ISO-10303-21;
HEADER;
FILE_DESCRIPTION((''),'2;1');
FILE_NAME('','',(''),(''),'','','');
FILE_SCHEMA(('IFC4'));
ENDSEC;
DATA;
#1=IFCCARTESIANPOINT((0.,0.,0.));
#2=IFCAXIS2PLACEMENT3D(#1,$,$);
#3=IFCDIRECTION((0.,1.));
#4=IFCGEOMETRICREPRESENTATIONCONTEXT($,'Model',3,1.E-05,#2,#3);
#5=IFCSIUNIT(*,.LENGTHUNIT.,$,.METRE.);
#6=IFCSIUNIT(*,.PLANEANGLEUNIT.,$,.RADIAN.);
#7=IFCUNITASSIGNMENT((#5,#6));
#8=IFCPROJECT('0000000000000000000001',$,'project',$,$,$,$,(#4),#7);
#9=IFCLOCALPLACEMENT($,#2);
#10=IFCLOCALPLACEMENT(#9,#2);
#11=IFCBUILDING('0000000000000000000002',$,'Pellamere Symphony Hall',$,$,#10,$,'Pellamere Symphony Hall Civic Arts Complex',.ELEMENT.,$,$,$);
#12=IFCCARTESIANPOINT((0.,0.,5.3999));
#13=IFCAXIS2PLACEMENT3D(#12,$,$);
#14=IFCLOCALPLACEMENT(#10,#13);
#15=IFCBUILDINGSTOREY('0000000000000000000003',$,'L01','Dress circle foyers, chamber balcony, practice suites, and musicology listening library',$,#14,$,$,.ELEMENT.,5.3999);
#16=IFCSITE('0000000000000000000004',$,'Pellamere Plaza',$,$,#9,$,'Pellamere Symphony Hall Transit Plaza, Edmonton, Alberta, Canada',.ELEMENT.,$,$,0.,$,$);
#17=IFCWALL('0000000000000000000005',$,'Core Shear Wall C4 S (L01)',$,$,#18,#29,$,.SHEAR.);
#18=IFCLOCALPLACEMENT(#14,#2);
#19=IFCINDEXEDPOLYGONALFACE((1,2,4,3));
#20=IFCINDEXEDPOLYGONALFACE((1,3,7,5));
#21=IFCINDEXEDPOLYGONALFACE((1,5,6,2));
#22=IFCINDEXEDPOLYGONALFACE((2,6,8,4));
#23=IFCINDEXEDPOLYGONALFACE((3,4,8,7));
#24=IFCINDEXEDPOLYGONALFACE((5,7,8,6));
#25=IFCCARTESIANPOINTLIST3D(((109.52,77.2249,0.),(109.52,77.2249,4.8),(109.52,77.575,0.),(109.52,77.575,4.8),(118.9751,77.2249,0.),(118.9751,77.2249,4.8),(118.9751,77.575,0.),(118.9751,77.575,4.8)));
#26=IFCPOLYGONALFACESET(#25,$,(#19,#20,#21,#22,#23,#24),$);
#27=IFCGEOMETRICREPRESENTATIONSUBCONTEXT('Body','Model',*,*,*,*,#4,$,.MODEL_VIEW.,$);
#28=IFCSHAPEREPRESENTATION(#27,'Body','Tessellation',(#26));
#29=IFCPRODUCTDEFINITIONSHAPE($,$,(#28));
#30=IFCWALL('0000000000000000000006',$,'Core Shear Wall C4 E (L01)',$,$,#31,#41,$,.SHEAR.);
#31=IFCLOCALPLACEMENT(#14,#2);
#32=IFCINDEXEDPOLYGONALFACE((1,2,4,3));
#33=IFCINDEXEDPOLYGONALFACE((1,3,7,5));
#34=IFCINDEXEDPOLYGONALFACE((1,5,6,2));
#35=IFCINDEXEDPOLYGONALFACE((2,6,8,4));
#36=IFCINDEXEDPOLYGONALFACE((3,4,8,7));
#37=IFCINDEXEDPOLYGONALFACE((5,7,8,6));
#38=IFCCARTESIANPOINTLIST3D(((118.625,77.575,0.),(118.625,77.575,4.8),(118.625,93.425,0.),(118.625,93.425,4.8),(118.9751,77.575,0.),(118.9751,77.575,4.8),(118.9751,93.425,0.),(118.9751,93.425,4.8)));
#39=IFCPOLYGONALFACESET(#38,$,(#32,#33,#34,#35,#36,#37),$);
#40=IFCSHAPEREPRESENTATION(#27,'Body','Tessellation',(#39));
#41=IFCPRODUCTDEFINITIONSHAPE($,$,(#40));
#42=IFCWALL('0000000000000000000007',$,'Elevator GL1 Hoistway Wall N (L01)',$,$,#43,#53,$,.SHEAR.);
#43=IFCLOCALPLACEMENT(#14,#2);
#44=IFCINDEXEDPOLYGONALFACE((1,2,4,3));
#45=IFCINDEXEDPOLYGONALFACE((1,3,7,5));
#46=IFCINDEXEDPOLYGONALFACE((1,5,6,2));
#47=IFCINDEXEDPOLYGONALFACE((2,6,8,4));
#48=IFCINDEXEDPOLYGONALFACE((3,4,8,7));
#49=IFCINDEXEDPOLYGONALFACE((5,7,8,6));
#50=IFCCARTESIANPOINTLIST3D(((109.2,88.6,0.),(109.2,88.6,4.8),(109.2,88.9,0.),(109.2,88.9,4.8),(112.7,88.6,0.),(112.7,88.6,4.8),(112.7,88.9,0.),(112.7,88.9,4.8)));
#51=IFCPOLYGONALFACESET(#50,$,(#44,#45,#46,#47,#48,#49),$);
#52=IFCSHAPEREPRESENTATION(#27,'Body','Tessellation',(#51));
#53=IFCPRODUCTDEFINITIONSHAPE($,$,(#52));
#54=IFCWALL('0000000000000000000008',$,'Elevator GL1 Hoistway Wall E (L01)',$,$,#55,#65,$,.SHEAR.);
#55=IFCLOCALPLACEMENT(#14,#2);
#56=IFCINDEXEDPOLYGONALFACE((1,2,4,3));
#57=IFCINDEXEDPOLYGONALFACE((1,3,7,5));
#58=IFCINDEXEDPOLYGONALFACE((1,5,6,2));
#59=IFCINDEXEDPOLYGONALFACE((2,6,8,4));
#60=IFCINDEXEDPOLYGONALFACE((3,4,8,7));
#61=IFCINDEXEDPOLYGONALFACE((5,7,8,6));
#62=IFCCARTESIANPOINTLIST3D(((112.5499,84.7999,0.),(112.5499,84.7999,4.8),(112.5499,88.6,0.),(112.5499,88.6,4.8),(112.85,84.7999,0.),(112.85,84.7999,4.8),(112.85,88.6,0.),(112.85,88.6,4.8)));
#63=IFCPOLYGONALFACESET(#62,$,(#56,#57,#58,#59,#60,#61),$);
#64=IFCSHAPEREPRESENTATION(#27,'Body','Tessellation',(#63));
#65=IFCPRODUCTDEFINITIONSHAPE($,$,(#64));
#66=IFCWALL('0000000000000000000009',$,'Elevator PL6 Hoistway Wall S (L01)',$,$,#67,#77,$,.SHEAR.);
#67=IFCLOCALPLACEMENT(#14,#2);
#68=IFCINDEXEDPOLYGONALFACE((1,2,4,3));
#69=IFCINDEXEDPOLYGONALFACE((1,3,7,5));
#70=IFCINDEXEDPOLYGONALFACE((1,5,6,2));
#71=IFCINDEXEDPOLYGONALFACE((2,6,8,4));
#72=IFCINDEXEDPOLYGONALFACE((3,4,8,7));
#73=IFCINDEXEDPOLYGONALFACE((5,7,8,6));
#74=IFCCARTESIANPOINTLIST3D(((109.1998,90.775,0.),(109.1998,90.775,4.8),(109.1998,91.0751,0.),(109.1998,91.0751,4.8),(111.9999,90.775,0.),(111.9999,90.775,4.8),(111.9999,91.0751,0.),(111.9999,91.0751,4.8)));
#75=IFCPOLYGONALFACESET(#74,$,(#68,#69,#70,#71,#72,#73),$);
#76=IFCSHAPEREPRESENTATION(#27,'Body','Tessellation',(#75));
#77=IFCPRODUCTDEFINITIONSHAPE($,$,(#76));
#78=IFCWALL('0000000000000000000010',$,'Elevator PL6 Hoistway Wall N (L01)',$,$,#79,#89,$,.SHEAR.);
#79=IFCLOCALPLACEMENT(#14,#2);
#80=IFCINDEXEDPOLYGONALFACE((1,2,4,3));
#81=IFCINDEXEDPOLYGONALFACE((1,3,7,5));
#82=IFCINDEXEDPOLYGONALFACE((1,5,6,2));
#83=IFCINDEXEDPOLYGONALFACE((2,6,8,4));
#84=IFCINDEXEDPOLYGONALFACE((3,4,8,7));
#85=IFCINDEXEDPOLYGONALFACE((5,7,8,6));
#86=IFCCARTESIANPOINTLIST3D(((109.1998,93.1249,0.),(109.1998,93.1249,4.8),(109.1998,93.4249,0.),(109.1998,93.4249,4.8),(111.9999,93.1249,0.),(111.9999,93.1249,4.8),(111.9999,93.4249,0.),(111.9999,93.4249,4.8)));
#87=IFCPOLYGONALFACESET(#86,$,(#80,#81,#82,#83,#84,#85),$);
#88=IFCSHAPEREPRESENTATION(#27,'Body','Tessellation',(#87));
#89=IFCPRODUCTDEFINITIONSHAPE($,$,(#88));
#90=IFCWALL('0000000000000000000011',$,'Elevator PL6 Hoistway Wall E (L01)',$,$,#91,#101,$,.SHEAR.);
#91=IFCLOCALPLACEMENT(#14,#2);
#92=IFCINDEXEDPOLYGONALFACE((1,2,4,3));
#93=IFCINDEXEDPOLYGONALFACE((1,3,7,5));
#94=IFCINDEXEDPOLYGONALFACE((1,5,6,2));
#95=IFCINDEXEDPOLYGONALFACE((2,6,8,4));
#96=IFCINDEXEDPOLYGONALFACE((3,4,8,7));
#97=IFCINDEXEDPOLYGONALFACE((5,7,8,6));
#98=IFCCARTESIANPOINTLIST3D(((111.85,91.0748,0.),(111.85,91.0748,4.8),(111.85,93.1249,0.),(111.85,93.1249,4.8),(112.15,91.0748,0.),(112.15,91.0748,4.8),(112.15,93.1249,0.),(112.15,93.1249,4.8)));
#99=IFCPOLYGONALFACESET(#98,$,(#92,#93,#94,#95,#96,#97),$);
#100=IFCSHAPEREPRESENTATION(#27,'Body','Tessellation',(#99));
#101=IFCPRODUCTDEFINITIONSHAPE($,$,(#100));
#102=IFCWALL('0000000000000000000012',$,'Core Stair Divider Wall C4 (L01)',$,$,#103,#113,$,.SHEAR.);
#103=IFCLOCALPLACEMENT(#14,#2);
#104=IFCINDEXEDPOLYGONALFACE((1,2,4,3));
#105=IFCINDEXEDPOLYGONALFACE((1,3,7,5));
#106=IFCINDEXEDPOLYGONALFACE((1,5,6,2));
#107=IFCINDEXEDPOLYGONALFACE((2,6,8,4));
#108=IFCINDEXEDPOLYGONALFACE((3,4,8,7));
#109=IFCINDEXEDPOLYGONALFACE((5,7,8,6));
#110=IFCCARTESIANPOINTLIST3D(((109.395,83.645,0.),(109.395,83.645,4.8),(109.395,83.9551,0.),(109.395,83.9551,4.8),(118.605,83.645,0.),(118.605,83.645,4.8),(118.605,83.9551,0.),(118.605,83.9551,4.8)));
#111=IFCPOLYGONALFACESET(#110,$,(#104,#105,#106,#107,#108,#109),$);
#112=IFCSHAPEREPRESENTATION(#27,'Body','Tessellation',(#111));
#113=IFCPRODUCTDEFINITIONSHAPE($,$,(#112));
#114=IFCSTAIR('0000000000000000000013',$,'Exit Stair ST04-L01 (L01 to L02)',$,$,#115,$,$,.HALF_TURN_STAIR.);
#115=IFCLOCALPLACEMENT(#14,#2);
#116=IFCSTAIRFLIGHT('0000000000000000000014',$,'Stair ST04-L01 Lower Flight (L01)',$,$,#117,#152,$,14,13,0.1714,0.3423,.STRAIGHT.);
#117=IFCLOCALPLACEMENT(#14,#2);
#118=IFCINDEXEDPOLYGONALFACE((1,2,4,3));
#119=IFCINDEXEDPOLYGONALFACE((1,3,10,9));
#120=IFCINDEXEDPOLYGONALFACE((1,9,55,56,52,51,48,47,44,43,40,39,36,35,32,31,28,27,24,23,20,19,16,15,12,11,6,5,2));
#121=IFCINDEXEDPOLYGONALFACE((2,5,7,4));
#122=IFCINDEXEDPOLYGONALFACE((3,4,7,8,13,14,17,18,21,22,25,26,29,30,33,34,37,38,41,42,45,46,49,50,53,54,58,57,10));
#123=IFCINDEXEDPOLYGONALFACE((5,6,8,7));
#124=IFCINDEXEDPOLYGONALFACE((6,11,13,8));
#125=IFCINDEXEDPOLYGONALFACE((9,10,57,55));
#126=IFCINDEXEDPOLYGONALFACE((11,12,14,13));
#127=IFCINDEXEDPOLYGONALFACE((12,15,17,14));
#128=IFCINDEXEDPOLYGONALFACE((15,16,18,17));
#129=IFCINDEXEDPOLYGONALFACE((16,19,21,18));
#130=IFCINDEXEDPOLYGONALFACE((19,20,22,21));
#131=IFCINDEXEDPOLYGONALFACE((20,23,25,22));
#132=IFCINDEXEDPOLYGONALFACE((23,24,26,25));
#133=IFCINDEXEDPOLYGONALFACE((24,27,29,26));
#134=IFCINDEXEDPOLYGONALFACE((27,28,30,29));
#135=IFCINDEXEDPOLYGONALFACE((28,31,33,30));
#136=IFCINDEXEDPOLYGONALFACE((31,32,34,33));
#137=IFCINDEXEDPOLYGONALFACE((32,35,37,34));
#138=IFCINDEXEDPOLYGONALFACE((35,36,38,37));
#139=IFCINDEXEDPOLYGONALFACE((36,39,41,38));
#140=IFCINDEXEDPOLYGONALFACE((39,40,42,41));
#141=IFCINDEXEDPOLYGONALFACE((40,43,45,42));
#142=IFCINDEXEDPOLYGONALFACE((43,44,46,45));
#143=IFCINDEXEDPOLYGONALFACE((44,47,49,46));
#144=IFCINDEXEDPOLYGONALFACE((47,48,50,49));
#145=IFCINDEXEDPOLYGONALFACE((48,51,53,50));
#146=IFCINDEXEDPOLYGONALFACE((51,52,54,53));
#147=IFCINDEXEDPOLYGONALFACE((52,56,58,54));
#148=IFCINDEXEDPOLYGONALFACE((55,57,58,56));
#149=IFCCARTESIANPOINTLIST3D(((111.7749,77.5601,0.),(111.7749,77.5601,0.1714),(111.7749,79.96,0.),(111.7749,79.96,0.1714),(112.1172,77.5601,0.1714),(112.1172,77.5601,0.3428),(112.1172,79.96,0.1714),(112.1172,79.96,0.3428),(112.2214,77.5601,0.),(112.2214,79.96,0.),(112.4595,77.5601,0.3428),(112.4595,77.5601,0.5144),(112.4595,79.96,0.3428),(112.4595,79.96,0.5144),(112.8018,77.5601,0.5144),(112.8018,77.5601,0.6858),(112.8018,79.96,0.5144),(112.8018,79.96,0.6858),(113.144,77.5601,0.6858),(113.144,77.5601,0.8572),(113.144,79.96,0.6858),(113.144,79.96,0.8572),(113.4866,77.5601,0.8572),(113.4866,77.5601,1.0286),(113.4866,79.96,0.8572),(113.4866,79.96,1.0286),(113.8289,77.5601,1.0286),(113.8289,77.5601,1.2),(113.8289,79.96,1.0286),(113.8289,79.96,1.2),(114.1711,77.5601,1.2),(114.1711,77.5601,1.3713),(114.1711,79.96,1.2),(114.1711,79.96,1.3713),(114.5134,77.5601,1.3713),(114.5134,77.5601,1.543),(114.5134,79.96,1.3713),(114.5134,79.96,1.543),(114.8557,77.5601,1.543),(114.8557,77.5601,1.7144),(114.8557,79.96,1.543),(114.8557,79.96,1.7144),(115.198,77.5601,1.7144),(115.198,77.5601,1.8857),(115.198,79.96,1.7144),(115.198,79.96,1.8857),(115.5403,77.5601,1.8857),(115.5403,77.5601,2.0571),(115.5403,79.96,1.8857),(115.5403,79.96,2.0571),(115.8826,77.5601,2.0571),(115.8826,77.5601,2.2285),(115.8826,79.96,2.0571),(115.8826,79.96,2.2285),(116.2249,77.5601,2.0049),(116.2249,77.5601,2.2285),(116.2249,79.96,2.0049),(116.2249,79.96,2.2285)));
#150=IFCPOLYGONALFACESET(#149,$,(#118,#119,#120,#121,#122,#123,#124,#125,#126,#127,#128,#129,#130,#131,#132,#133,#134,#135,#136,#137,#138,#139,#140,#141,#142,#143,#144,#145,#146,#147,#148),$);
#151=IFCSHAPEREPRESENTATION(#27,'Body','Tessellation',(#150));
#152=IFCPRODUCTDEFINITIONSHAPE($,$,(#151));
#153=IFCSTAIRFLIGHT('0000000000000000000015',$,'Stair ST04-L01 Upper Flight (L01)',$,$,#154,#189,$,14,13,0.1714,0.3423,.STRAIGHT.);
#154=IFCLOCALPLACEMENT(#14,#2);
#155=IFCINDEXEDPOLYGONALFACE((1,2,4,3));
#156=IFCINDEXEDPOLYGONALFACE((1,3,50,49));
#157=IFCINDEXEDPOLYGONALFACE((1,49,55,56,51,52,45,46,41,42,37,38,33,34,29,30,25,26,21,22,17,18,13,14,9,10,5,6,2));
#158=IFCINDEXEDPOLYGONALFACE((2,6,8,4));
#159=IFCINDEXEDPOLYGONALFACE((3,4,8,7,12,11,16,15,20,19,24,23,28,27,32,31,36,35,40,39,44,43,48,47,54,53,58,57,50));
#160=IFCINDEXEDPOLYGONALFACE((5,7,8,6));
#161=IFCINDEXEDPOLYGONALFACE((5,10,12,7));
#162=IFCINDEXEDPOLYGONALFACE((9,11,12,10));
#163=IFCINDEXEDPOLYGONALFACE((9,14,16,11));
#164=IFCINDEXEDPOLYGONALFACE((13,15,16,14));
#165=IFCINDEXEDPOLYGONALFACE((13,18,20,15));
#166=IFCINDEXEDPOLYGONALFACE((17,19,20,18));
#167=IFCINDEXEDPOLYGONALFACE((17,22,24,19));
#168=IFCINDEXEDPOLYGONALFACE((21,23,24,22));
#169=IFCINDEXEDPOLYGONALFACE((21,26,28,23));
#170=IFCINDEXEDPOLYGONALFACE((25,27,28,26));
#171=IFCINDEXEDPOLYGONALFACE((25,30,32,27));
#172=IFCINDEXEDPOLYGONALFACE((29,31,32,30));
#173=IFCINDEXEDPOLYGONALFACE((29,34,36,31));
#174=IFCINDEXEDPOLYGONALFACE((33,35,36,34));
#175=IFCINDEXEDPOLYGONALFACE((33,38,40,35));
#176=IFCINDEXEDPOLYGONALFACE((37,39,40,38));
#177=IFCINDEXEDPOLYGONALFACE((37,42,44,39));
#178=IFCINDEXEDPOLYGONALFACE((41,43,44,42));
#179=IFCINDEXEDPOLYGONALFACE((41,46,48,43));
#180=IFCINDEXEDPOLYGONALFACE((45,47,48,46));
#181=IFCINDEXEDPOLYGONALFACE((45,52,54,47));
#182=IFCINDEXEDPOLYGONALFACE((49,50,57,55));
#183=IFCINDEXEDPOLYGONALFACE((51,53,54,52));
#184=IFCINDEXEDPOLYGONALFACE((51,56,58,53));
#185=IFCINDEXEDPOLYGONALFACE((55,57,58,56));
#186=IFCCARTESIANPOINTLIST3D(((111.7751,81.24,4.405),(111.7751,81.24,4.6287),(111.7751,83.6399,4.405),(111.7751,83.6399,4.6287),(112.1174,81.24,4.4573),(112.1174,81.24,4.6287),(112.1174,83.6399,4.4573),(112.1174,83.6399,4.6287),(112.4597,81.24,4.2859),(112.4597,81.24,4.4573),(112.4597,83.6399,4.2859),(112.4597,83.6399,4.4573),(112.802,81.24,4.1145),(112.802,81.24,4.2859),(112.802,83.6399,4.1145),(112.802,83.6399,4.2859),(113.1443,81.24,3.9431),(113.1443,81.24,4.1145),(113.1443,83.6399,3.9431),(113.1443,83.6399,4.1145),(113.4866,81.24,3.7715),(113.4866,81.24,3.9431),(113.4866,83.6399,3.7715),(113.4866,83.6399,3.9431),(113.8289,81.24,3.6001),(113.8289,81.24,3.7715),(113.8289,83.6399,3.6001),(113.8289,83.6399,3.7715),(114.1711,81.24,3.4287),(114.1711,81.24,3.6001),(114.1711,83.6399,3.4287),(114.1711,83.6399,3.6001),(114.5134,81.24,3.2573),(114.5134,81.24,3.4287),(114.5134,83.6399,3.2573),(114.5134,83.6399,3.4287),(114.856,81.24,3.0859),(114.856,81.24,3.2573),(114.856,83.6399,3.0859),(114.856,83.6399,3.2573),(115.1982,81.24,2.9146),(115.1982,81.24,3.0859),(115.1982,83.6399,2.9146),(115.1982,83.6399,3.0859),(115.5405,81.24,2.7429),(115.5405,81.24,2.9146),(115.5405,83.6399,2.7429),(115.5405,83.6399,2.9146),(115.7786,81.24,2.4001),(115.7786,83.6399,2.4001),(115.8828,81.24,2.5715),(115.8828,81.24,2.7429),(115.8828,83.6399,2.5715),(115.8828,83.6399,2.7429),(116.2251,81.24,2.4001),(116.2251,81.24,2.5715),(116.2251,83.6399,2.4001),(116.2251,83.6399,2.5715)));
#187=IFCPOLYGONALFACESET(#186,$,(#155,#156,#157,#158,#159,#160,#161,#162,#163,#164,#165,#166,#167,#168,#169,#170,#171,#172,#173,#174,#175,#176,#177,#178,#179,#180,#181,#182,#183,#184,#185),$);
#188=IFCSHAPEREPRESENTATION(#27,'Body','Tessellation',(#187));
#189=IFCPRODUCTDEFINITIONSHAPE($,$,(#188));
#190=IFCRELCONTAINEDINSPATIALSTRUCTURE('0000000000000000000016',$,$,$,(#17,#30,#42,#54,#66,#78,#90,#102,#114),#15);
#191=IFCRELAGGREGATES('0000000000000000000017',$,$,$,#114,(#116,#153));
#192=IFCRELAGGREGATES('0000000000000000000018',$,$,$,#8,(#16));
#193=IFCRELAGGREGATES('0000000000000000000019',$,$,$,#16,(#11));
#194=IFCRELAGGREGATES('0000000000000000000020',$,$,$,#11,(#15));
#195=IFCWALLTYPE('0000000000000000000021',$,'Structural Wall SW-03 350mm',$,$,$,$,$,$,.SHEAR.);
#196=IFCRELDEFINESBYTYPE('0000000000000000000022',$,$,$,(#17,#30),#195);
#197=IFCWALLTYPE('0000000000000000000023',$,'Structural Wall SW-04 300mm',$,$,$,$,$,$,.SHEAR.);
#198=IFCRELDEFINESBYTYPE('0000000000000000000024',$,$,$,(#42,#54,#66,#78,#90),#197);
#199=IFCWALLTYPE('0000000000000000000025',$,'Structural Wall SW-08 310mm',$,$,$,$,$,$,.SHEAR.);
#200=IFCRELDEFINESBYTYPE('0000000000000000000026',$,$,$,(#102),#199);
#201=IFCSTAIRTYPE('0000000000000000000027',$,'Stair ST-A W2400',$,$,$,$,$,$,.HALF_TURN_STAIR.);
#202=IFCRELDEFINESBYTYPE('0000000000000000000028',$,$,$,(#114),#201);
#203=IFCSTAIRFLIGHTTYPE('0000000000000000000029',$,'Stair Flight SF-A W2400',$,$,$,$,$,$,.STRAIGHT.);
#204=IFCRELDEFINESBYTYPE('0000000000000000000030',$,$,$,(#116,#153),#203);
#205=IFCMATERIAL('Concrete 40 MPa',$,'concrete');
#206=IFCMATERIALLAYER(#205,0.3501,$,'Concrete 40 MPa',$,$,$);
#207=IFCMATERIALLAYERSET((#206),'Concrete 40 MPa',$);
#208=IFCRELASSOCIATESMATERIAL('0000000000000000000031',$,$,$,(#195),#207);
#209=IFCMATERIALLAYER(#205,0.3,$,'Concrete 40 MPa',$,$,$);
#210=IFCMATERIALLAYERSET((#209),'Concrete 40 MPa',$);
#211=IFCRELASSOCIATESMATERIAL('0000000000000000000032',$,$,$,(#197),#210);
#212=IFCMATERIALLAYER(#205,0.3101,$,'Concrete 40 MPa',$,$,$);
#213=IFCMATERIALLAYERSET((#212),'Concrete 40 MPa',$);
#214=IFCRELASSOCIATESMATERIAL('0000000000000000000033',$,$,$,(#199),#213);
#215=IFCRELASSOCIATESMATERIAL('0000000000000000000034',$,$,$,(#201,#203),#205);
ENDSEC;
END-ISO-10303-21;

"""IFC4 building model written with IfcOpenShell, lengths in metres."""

from ifc_helpers import new_model, si_unit, direction, frame, frame_2d, origin, place, context, subcontext, project, spatial, polyline, rectangle, outline, extrude, material, layer, layer_set, type_object, element, aggregate, save


model = new_model("IFC4")

# Units and contexts
model_context = context("Model", 3, precision=1e-05, world=origin(), true_north=direction((0.0, 1.0)))
body_context = subcontext(model_context, "Body", "Model", "MODEL_VIEW")
ifc_project = project(units=[si_unit("LENGTHUNIT", "METRE"), si_unit("PLANEANGLEUNIT", "RADIAN")], contexts=[model_context])

# Site, building, storey
site_placement = place(None, origin())
site = spatial("IfcSite", under=ifc_project, at=site_placement, Name="Pellamere Plaza", LongName="Pellamere Symphony Hall Transit Plaza, Edmonton, Alberta, Canada", CompositionType="ELEMENT", RefElevation=0.0)
building_placement = place(site_placement, origin())
building = spatial("IfcBuilding", under=site, at=building_placement, Name="Pellamere Symphony Hall", LongName="Pellamere Symphony Hall Civic Arts Complex", CompositionType="ELEMENT")
storey_placement = place(building_placement, frame((0.0, 0.0, 5.3999)))
storey = spatial("IfcBuildingStorey", under=building, at=storey_placement, Name="L01", Description="Dress circle foyers, chamber balcony, practice suites, and musicology listening library", CompositionType="ELEMENT", Elevation=5.3999)

# Shared definitions
ifc_material_1 = material(Name="Concrete 40 MPa", Category="concrete")

# Walls
ifc_layer_1 = layer(ifc_material_1, 0.3501, Name="Concrete 40 MPa")
ifc_layer_set_1 = layer_set([ifc_layer_1], Name="Concrete 40 MPa")
wall_type_1 = type_object("IfcWallType", Name="Structural Wall SW-03 350mm", PredefinedType="SHEAR", material=ifc_layer_set_1)
wall_1_placement = place(storey_placement, frame((109.52, 77.3999, 0.0), z_axis=(0.0, 0.0, 1.0), x_axis=(1.0, 0.0, 0.0)))
element("IfcWall", 1, at=wall_1_placement, inside=storey, type_object=wall_type_1, Name="Core Shear Wall C4 S (L01)", PredefinedType="SHEAR", context=body_context, shape_type="SweptSolid", body=[
    extrude(rectangle(XDim=9.4551, YDim=0.3501, at=frame_2d((4.7275, 0.0))), origin(), (0.0, 0.0, 1.0), 4.8),
])
wall_2_placement = place(storey_placement, frame((118.8, 77.575, 0.0), z_axis=(0.0, 0.0, 1.0), x_axis=(0.0, 1.0, 0.0)))
element("IfcWall", 2, at=wall_2_placement, inside=storey, type_object=wall_type_1, Name="Core Shear Wall C4 E (L01)", PredefinedType="SHEAR", context=body_context, shape_type="SweptSolid", body=[
    extrude(rectangle(XDim=15.8501, YDim=0.3501, at=frame_2d((7.925, 0.0))), origin(), (0.0, 0.0, 1.0), 4.8),
])
ifc_layer_2 = layer(ifc_material_1, 0.3, Name="Concrete 40 MPa")
ifc_layer_set_2 = layer_set([ifc_layer_2], Name="Concrete 40 MPa")
wall_type_2 = type_object("IfcWallType", Name="Structural Wall SW-04 300mm", PredefinedType="SHEAR", material=ifc_layer_set_2)
wall_3_placement = place(storey_placement, frame((109.2, 88.75, 0.0), z_axis=(0.0, 0.0, 1.0), x_axis=(1.0, 0.0, 0.0)))
element("IfcWall", 3, at=wall_3_placement, inside=storey, type_object=wall_type_2, Name="Elevator GL1 Hoistway Wall N (L01)", PredefinedType="SHEAR", context=body_context, shape_type="SweptSolid", body=[
    extrude(rectangle(XDim=3.5, YDim=0.3, at=frame_2d((1.75, 0.0))), origin(), (0.0, 0.0, 1.0), 4.8),
])
wall_4_placement = place(storey_placement, frame((112.7, 84.8, 0.0), z_axis=(0.0, 0.0, 1.0), x_axis=(0.0, 1.0, 0.0)))
element("IfcWall", 4, at=wall_4_placement, inside=storey, type_object=wall_type_2, Name="Elevator GL1 Hoistway Wall E (L01)", PredefinedType="SHEAR", context=body_context, shape_type="SweptSolid", body=[
    extrude(rectangle(XDim=3.8, YDim=0.3, at=frame_2d((1.8999, 0.0))), origin(), (0.0, 0.0, 1.0), 4.8),
])
for number, where, z_axis, x_axis, name in (
    (5, (109.2, 90.925, 0.0), (0.0, 0.0, 1.0), (1.0, 0.0, 0.0), "Elevator PL6 Hoistway Wall S (L01)"),
    (6, (109.2, 93.2749, 0.0), (0.0, 0.0, 1.0), (1.0, 0.0, 0.0), "Elevator PL6 Hoistway Wall N (L01)"),
):
    element("IfcWall", number, at=place(storey_placement, frame(where, z_axis=z_axis, x_axis=x_axis)), inside=storey, type_object=wall_type_2, Name=name, PredefinedType="SHEAR", context=body_context, shape_type="SweptSolid", body=[
        extrude(rectangle(XDim=2.8, YDim=0.3, at=frame_2d((1.3999, 0.0))), origin(), (0.0, 0.0, 1.0), 4.8),
    ])
wall_5_placement = place(storey_placement, frame((112.0, 91.075, 0.0), z_axis=(0.0, 0.0, 1.0), x_axis=(0.0, 1.0, 0.0)))
element("IfcWall", 7, at=wall_5_placement, inside=storey, type_object=wall_type_2, Name="Elevator PL6 Hoistway Wall E (L01)", PredefinedType="SHEAR", context=body_context, shape_type="SweptSolid", body=[
    extrude(rectangle(XDim=2.05, YDim=0.3, at=frame_2d((1.0249, 0.0))), origin(), (0.0, 0.0, 1.0), 4.8),
])
ifc_layer_3 = layer(ifc_material_1, 0.3101, Name="Concrete 40 MPa")
ifc_layer_set_3 = layer_set([ifc_layer_3], Name="Concrete 40 MPa")
wall_type_3 = type_object("IfcWallType", Name="Structural Wall SW-08 310mm", PredefinedType="SHEAR", material=ifc_layer_set_3)
wall_6_placement = place(storey_placement, frame((109.395, 83.8, 0.0), z_axis=(0.0, 0.0, 1.0), x_axis=(1.0, 0.0, 0.0)))
element("IfcWall", 8, at=wall_6_placement, inside=storey, type_object=wall_type_3, Name="Core Stair Divider Wall C4 (L01)", PredefinedType="SHEAR", context=body_context, shape_type="SweptSolid", body=[
    extrude(rectangle(XDim=9.21, YDim=0.3101, at=frame_2d((4.605, 0.0))), origin(), (0.0, 0.0, 1.0), 4.8),
])

# Stair, stair flights
stair_type = type_object("IfcStairType", Name="Stair ST-A W2400", PredefinedType="HALF_TURN_STAIR", material=ifc_material_1)
stair_placement = place(storey_placement, origin())
stair = element("IfcStair", 9, at=stair_placement, inside=storey, type_object=stair_type, Name="Exit Stair ST04-L01 (L01 to L02)", PredefinedType="HALF_TURN_STAIR")
stair_flight_type = type_object("IfcStairFlightType", Name="Stair Flight SF-A W2400", PredefinedType="STRAIGHT", material=ifc_material_1)
stair_flight_1_placement = place(storey_placement, frame((111.7749, 78.76, 0.0), z_axis=(0.0, 0.0, 1.0), x_axis=(1.0, 0.0, 0.0)))
stair_flight_1 = element("IfcStairFlight", 10, at=stair_flight_1_placement, type_object=stair_flight_type, Name="Stair ST04-L01 Lower Flight (L01)", NumberOfRisers=14, NumberOfTreads=13, PredefinedType="STRAIGHT", RiserHeight=0.1714, TreadLength=0.3423, context=body_context, shape_type="SweptSolid", body=[
    extrude(outline(polyline([(0.0, 0.0), (0.0, 0.1714), (0.3423, 0.1714), (0.3423, 0.3428), (0.6846, 0.3428), (0.6846, 0.5144), (1.0269, 0.5144), (1.0269, 0.6858), (1.3691, 0.6858), (1.3691, 0.8572), (1.7117, 0.8572), (1.7117, 1.0286), (2.054, 1.0286), (2.054, 1.2), (2.3962, 1.2), (2.3962, 1.3713), (2.7385, 1.3713), (2.7385, 1.543), (3.0808, 1.543), (3.0808, 1.7144), (3.4231, 1.7144), (3.4231, 1.8857), (3.7654, 1.8857), (3.7654, 2.0571), (4.1077, 2.0571), (4.1077, 2.2285), (4.45, 2.2285), (4.45, 2.3999), (4.45, 2.0049), (0.4465, 0.0), (0.0, 0.0)])), frame((0.0, 1.2, 0.0), z_axis=(0.0, -1.0, 0.0), x_axis=(1.0, 0.0, 0.0)), (0.0, 0.0, 1.0), 2.3999),
])
stair_flight_2_placement = place(storey_placement, frame((116.2251, 82.4399, 2.4001), z_axis=(0.0, 0.0, 1.0), x_axis=(-1.0, 0.0, 0.0)))
stair_flight_2 = element("IfcStairFlight", 11, at=stair_flight_2_placement, type_object=stair_flight_type, Name="Stair ST04-L01 Upper Flight (L01)", NumberOfRisers=14, NumberOfTreads=13, PredefinedType="STRAIGHT", RiserHeight=0.1714, TreadLength=0.3423, context=body_context, shape_type="SweptSolid", body=[
    extrude(outline(polyline([(0.0, 0.0), (0.0, 0.1714), (0.3423, 0.1714), (0.3423, 0.3428), (0.6846, 0.3428), (0.6846, 0.5144), (1.0269, 0.5144), (1.0269, 0.6858), (1.3691, 0.6858), (1.3691, 0.8572), (1.7117, 0.8572), (1.7117, 1.0286), (2.054, 1.0286), (2.054, 1.2), (2.3962, 1.2), (2.3962, 1.3713), (2.7385, 1.3713), (2.7385, 1.543), (3.0808, 1.543), (3.0808, 1.7144), (3.4231, 1.7144), (3.4231, 1.8857), (3.7654, 1.8857), (3.7654, 2.0571), (4.1077, 2.0571), (4.1077, 2.2285), (4.45, 2.2285), (4.45, 2.3999), (4.45, 2.0049), (0.4465, 0.0), (0.0, 0.0)])), frame((0.0, 1.2, 0.0), z_axis=(0.0, -1.0, 0.0), x_axis=(1.0, 0.0, 0.0)), (0.0, 0.0, 1.0), 2.3999),
])
aggregate(stair, [stair_flight_1, stair_flight_2])

save(model, "model.ifc")
